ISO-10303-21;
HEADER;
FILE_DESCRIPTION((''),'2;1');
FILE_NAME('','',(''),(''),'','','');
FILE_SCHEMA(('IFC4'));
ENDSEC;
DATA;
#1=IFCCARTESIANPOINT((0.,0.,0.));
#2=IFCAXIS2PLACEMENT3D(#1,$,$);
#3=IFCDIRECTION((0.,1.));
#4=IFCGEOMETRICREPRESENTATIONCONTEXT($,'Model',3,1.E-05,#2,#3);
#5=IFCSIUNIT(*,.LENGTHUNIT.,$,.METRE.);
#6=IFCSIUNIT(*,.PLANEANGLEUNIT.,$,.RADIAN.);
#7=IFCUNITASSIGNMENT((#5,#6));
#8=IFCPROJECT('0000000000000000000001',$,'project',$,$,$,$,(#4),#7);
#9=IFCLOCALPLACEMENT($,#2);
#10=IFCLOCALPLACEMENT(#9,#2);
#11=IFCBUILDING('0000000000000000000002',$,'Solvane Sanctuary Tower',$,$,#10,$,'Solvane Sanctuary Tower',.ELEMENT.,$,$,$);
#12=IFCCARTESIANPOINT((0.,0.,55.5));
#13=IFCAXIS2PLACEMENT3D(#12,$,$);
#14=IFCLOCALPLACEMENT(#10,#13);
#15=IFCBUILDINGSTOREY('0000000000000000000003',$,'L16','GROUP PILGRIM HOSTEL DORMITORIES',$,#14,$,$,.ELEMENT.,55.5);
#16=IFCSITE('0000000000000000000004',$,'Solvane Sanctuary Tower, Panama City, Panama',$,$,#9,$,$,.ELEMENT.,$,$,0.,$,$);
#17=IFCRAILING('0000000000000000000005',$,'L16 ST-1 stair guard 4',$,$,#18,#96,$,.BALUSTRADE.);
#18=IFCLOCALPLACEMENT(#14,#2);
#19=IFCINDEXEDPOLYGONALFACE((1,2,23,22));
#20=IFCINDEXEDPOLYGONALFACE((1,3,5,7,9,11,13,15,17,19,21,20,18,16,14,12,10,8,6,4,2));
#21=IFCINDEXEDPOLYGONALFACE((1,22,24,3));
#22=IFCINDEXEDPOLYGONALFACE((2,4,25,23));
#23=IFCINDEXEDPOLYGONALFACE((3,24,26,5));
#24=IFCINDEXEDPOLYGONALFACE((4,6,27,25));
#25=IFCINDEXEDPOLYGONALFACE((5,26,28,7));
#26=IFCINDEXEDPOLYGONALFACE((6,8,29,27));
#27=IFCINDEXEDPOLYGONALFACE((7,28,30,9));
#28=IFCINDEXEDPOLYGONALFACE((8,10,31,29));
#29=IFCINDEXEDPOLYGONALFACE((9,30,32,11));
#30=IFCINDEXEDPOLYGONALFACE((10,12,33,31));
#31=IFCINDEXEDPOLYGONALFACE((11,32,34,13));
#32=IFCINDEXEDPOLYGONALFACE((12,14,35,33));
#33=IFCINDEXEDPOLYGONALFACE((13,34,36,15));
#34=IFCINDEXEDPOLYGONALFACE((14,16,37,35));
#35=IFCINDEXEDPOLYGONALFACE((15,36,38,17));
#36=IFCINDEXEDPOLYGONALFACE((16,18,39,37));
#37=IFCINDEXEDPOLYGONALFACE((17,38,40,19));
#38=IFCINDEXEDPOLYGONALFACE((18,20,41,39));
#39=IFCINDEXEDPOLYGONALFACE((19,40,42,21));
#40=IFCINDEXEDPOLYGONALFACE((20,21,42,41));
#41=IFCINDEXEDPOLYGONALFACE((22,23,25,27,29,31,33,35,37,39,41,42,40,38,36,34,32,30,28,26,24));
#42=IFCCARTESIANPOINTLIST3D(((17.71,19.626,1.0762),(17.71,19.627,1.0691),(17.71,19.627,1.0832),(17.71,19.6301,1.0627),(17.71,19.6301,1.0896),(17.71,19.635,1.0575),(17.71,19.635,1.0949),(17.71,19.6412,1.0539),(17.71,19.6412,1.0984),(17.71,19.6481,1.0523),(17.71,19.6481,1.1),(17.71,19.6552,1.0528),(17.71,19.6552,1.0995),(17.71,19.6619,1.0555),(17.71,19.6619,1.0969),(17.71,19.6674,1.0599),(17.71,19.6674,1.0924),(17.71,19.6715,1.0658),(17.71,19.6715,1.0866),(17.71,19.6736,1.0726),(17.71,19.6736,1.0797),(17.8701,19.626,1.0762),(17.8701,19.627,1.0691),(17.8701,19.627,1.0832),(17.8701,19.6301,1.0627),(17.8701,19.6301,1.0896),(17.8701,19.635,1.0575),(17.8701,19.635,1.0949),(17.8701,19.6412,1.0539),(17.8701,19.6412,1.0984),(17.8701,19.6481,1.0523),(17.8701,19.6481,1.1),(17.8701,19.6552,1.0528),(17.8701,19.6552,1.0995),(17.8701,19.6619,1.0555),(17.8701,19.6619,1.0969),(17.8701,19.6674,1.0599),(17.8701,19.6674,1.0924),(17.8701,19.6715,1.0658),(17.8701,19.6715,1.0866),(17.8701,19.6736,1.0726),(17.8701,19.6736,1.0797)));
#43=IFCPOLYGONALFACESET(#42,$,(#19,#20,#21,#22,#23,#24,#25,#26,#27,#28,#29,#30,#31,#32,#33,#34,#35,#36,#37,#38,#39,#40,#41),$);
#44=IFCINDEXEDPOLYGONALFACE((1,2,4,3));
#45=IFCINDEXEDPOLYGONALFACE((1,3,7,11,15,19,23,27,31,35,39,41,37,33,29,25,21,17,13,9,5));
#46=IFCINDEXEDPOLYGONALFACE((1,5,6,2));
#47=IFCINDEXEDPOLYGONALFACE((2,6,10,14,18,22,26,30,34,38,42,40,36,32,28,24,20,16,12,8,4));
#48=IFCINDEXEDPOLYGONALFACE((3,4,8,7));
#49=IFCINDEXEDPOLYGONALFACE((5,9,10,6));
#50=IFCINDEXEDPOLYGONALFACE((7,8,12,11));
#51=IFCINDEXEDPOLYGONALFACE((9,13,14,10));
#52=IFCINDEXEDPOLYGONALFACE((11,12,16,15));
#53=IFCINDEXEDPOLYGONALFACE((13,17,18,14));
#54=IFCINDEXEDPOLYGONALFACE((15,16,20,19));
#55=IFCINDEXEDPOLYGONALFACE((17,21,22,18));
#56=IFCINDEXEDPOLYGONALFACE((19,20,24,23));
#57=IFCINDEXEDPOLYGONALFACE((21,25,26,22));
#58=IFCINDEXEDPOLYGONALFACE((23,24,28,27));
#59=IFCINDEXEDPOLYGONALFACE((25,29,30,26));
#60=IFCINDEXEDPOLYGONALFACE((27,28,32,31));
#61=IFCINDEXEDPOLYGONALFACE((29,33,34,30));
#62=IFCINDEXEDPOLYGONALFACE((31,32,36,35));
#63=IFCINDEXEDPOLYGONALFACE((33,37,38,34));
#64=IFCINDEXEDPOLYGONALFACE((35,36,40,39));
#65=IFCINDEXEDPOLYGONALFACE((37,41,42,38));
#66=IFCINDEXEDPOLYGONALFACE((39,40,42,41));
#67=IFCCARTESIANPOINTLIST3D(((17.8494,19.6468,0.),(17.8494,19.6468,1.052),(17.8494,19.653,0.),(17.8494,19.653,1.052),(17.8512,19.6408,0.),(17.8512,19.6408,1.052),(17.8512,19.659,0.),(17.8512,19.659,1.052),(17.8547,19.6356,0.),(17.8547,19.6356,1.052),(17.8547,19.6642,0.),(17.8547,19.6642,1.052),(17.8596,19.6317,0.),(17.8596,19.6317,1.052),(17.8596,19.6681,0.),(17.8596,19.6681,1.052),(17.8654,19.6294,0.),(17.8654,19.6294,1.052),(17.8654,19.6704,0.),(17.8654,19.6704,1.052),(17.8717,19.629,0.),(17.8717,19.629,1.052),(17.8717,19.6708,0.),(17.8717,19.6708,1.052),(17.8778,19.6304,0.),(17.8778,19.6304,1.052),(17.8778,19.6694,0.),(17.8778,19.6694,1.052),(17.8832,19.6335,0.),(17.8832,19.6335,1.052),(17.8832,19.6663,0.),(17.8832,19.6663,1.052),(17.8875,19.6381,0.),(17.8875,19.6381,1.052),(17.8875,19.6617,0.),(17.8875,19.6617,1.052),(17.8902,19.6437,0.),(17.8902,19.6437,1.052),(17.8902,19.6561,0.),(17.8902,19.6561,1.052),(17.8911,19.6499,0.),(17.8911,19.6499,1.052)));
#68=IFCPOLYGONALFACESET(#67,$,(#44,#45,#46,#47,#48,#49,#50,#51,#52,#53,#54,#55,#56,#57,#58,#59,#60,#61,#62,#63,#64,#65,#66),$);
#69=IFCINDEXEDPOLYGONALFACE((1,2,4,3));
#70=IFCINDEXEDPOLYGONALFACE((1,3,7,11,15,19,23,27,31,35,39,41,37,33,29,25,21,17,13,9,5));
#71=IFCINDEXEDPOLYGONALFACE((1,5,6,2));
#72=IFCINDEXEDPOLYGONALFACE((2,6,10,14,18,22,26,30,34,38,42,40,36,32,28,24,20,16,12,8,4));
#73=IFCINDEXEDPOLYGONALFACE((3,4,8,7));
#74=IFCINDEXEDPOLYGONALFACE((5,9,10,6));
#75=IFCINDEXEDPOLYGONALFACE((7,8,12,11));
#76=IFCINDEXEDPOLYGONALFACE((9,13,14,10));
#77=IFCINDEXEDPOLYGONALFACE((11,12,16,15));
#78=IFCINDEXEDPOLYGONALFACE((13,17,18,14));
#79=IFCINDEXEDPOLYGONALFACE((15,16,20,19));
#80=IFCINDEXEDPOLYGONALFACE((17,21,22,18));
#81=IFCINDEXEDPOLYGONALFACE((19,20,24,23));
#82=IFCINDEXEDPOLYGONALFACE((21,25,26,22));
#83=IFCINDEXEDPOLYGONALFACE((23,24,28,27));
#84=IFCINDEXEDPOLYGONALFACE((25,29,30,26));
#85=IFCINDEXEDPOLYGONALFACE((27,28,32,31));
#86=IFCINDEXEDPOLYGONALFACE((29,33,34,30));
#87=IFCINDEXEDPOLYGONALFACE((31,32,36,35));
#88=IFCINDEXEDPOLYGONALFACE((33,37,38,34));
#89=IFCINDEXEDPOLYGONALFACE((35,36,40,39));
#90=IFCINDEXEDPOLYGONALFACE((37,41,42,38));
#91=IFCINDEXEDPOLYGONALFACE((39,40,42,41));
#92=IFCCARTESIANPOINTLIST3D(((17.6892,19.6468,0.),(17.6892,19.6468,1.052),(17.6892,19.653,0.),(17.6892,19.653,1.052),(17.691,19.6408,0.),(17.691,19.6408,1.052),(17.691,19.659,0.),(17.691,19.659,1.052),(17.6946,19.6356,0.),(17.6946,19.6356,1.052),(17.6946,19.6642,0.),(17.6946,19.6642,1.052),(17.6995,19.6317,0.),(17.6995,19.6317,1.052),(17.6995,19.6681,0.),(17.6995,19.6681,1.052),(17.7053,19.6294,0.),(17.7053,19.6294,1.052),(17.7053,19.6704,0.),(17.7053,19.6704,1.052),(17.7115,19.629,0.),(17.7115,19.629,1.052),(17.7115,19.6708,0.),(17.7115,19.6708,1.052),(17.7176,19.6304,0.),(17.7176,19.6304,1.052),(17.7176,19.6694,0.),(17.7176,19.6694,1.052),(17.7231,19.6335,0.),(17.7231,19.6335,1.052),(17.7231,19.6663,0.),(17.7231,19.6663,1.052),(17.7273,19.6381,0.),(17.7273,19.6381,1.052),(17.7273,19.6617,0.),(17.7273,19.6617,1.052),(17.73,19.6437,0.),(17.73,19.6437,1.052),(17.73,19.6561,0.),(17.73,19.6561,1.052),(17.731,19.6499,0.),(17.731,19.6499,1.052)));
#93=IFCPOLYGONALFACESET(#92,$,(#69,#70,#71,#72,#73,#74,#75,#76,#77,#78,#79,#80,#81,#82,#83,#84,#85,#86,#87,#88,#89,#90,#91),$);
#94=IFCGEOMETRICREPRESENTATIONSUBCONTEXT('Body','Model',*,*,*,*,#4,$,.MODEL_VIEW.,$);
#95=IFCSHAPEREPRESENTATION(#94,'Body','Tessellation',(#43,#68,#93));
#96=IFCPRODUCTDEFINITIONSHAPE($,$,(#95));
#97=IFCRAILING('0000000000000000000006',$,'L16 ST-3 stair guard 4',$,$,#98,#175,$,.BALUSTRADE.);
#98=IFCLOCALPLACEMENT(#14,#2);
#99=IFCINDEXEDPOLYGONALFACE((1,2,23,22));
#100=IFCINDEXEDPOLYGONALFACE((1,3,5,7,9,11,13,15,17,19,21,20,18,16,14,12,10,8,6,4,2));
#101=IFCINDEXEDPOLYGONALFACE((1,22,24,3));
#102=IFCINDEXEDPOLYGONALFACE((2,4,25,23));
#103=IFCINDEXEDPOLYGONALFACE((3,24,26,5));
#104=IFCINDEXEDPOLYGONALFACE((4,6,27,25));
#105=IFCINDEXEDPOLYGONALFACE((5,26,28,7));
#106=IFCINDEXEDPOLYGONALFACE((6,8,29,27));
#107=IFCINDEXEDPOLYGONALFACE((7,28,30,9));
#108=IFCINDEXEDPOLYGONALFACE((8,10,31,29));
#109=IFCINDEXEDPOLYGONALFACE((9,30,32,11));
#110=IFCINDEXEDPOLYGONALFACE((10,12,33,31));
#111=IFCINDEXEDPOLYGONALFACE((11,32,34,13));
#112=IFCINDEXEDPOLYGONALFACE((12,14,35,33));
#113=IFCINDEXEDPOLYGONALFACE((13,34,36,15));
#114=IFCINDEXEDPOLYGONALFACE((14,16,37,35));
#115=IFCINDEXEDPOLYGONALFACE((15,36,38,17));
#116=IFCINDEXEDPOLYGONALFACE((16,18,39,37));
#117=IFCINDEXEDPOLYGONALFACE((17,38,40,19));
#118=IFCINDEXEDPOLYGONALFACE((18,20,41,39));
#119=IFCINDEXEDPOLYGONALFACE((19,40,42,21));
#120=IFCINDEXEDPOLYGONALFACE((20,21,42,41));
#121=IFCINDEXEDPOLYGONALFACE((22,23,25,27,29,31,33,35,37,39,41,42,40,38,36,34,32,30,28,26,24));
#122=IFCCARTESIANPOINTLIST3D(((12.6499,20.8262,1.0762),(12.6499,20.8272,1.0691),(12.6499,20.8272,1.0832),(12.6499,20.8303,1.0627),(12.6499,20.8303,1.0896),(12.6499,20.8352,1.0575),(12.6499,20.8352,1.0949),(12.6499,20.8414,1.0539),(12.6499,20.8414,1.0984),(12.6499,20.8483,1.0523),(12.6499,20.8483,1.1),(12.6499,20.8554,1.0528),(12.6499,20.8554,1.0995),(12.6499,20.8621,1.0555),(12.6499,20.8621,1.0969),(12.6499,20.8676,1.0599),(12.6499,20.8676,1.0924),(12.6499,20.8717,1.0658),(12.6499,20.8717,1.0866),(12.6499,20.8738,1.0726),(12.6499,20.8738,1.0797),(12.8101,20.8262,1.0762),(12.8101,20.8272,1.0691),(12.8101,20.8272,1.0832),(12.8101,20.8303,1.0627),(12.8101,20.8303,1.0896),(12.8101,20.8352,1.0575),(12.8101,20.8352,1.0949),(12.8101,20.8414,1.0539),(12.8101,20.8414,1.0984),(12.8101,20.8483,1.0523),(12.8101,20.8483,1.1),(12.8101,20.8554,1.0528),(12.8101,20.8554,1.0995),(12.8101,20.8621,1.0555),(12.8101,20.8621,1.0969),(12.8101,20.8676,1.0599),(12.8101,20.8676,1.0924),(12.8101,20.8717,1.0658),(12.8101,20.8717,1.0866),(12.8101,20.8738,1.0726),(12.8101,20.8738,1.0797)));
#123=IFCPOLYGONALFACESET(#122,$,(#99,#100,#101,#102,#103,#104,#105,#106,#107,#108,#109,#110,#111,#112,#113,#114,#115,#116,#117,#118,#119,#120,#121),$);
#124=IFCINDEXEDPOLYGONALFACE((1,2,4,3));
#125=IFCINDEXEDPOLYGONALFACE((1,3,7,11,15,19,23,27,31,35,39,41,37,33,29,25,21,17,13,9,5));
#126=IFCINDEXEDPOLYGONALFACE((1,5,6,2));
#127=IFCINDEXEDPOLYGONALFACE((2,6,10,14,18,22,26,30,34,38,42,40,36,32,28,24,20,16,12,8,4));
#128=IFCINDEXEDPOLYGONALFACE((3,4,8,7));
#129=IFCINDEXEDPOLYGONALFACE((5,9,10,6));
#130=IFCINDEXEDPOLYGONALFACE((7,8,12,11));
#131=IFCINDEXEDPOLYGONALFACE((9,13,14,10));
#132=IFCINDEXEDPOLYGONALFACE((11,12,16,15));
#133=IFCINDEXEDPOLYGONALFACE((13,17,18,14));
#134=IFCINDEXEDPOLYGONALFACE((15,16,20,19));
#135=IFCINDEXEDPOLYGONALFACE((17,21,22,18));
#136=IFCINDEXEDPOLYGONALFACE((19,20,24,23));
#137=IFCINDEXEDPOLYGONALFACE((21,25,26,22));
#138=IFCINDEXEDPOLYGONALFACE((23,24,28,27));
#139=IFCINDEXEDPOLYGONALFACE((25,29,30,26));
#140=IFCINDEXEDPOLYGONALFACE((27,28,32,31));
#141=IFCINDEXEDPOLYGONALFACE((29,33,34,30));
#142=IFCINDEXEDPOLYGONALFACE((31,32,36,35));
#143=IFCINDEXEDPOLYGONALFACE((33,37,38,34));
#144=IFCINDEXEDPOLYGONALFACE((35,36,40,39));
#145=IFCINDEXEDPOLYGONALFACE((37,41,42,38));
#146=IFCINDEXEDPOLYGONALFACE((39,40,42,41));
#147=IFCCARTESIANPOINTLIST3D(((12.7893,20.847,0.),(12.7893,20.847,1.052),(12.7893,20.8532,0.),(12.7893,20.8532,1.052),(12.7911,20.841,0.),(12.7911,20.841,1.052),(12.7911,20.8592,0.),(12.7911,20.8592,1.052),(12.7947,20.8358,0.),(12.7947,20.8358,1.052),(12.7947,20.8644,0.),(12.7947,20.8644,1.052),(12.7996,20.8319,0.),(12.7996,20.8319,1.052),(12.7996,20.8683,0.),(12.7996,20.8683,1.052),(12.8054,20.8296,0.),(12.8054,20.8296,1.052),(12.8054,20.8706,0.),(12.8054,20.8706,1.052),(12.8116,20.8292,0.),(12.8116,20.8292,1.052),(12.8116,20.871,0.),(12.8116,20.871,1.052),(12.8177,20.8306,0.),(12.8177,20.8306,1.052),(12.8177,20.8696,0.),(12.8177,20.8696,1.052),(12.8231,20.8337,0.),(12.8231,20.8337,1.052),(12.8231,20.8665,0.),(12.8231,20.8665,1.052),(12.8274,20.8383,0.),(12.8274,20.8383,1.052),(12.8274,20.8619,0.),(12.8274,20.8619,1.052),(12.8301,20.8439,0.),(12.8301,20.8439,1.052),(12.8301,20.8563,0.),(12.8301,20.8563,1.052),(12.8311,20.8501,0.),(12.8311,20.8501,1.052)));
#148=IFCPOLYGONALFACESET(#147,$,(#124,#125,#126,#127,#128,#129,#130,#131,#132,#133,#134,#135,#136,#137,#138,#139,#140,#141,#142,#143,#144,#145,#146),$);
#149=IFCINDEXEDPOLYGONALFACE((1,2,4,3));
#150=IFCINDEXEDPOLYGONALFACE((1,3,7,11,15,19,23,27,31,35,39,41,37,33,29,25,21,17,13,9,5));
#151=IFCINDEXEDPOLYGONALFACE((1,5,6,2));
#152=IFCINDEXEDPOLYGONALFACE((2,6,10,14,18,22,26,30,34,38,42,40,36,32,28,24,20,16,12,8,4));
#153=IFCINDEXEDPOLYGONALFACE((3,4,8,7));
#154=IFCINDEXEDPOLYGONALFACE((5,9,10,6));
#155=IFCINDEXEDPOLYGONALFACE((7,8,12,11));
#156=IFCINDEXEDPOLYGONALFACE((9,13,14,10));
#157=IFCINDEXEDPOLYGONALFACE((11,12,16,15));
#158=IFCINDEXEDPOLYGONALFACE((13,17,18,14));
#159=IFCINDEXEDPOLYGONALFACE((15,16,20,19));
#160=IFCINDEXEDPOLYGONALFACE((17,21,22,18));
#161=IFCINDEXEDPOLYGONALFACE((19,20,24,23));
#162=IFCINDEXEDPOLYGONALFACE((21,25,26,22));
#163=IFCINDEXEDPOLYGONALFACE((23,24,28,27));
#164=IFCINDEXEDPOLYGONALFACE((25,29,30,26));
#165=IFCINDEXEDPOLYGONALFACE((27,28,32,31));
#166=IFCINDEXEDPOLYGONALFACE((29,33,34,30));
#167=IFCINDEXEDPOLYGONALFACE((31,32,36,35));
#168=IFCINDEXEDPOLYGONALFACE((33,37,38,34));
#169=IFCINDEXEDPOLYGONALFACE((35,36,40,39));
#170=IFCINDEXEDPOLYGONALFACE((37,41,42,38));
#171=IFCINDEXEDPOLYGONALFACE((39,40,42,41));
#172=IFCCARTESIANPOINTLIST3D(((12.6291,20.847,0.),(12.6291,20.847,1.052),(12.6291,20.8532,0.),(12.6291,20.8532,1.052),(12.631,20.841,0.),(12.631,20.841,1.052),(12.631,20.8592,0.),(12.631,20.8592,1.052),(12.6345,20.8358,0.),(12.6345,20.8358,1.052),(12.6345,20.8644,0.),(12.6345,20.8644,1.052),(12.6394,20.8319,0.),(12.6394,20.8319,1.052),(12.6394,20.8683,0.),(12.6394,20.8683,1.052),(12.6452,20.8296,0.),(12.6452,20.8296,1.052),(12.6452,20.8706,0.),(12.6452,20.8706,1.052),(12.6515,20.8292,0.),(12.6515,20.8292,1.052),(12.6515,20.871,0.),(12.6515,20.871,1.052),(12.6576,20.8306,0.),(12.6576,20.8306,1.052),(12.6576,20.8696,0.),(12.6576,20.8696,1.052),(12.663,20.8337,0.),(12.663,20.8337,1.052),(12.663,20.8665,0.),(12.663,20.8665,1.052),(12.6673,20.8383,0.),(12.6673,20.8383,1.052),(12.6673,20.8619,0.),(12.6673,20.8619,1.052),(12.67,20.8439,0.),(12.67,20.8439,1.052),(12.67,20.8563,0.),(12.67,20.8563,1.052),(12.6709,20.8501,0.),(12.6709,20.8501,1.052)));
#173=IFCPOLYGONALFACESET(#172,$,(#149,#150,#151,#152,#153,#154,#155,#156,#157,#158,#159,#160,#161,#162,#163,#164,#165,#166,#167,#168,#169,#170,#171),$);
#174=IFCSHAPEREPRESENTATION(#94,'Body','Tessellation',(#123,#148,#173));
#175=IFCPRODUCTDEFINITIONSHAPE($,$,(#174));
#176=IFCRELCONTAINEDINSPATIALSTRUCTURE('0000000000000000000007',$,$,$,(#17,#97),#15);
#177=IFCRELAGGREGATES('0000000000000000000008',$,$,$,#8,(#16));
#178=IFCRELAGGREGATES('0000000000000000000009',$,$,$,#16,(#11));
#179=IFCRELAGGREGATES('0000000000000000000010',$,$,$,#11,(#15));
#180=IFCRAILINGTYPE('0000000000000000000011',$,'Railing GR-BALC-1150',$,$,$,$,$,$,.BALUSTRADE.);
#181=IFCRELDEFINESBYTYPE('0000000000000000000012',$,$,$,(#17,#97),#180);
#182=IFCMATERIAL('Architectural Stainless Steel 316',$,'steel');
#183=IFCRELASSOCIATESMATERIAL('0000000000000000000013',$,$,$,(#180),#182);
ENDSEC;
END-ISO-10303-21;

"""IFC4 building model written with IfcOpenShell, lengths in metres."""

from ifc_helpers import new_model, si_unit, direction, frame, origin, origin_2d, place, context, subcontext, project, spatial, circle, extrude, material, type_object, element, save


model = new_model("IFC4")

# Units and contexts
model_context = context("Model", 3, precision=1e-05, world=origin(), true_north=direction((0.0, 1.0)))
body_context = subcontext(model_context, "Body", "Model", "MODEL_VIEW")
ifc_project = project(units=[si_unit("LENGTHUNIT", "METRE"), si_unit("PLANEANGLEUNIT", "RADIAN")], contexts=[model_context])

# Site, building, storey
site_placement = place(None, origin())
site = spatial("IfcSite", under=ifc_project, at=site_placement, Name="Solvane Sanctuary Tower, Panama City, Panama", CompositionType="ELEMENT", RefElevation=0.0)
building_placement = place(site_placement, origin())
building = spatial("IfcBuilding", under=site, at=building_placement, Name="Solvane Sanctuary Tower", LongName="Solvane Sanctuary Tower", CompositionType="ELEMENT")
storey_placement = place(building_placement, frame((0.0, 0.0, 55.5)))
storey = spatial("IfcBuildingStorey", under=building, at=storey_placement, Name="L16", Description="GROUP PILGRIM HOSTEL DORMITORIES", CompositionType="ELEMENT", Elevation=55.5)

# Shared definitions
ifc_material_1 = material(Name="Architectural Stainless Steel 316", Category="steel")

# Railings
railing_type = type_object("IfcRailingType", Name="Railing GR-BALC-1150", PredefinedType="BALUSTRADE", material=ifc_material_1)
for number, where, name in (
    (1, (17.8701, 19.6499, 0.0), "L16 ST-1 stair guard 4"),
    (2, (12.8101, 20.8501, 0.0), "L16 ST-3 stair guard 4"),
):
    element("IfcRailing", number, at=place(storey_placement, frame(where)), inside=storey, type_object=railing_type, Name=name, PredefinedType="BALUSTRADE", context=body_context, shape_type="SweptSolid", body=[
        extrude(circle(Radius=0.0239, at=origin_2d()), frame((0.0, 0.0, 1.0762), z_axis=(-1.0, 0.0, 0.0), x_axis=(0.0, -1.0, 0.0)), (0.0, 0.0, 1.0), 0.1602),
        extrude(circle(Radius=0.021, at=origin_2d()), origin(), (0.0, 0.0, 1.0), 1.052),
        extrude(circle(Radius=0.021, at=origin_2d()), frame((-0.1602, 0.0, 0.0)), (0.0, 0.0, 1.0), 1.052),
    ])

save(model, "model.ifc")
